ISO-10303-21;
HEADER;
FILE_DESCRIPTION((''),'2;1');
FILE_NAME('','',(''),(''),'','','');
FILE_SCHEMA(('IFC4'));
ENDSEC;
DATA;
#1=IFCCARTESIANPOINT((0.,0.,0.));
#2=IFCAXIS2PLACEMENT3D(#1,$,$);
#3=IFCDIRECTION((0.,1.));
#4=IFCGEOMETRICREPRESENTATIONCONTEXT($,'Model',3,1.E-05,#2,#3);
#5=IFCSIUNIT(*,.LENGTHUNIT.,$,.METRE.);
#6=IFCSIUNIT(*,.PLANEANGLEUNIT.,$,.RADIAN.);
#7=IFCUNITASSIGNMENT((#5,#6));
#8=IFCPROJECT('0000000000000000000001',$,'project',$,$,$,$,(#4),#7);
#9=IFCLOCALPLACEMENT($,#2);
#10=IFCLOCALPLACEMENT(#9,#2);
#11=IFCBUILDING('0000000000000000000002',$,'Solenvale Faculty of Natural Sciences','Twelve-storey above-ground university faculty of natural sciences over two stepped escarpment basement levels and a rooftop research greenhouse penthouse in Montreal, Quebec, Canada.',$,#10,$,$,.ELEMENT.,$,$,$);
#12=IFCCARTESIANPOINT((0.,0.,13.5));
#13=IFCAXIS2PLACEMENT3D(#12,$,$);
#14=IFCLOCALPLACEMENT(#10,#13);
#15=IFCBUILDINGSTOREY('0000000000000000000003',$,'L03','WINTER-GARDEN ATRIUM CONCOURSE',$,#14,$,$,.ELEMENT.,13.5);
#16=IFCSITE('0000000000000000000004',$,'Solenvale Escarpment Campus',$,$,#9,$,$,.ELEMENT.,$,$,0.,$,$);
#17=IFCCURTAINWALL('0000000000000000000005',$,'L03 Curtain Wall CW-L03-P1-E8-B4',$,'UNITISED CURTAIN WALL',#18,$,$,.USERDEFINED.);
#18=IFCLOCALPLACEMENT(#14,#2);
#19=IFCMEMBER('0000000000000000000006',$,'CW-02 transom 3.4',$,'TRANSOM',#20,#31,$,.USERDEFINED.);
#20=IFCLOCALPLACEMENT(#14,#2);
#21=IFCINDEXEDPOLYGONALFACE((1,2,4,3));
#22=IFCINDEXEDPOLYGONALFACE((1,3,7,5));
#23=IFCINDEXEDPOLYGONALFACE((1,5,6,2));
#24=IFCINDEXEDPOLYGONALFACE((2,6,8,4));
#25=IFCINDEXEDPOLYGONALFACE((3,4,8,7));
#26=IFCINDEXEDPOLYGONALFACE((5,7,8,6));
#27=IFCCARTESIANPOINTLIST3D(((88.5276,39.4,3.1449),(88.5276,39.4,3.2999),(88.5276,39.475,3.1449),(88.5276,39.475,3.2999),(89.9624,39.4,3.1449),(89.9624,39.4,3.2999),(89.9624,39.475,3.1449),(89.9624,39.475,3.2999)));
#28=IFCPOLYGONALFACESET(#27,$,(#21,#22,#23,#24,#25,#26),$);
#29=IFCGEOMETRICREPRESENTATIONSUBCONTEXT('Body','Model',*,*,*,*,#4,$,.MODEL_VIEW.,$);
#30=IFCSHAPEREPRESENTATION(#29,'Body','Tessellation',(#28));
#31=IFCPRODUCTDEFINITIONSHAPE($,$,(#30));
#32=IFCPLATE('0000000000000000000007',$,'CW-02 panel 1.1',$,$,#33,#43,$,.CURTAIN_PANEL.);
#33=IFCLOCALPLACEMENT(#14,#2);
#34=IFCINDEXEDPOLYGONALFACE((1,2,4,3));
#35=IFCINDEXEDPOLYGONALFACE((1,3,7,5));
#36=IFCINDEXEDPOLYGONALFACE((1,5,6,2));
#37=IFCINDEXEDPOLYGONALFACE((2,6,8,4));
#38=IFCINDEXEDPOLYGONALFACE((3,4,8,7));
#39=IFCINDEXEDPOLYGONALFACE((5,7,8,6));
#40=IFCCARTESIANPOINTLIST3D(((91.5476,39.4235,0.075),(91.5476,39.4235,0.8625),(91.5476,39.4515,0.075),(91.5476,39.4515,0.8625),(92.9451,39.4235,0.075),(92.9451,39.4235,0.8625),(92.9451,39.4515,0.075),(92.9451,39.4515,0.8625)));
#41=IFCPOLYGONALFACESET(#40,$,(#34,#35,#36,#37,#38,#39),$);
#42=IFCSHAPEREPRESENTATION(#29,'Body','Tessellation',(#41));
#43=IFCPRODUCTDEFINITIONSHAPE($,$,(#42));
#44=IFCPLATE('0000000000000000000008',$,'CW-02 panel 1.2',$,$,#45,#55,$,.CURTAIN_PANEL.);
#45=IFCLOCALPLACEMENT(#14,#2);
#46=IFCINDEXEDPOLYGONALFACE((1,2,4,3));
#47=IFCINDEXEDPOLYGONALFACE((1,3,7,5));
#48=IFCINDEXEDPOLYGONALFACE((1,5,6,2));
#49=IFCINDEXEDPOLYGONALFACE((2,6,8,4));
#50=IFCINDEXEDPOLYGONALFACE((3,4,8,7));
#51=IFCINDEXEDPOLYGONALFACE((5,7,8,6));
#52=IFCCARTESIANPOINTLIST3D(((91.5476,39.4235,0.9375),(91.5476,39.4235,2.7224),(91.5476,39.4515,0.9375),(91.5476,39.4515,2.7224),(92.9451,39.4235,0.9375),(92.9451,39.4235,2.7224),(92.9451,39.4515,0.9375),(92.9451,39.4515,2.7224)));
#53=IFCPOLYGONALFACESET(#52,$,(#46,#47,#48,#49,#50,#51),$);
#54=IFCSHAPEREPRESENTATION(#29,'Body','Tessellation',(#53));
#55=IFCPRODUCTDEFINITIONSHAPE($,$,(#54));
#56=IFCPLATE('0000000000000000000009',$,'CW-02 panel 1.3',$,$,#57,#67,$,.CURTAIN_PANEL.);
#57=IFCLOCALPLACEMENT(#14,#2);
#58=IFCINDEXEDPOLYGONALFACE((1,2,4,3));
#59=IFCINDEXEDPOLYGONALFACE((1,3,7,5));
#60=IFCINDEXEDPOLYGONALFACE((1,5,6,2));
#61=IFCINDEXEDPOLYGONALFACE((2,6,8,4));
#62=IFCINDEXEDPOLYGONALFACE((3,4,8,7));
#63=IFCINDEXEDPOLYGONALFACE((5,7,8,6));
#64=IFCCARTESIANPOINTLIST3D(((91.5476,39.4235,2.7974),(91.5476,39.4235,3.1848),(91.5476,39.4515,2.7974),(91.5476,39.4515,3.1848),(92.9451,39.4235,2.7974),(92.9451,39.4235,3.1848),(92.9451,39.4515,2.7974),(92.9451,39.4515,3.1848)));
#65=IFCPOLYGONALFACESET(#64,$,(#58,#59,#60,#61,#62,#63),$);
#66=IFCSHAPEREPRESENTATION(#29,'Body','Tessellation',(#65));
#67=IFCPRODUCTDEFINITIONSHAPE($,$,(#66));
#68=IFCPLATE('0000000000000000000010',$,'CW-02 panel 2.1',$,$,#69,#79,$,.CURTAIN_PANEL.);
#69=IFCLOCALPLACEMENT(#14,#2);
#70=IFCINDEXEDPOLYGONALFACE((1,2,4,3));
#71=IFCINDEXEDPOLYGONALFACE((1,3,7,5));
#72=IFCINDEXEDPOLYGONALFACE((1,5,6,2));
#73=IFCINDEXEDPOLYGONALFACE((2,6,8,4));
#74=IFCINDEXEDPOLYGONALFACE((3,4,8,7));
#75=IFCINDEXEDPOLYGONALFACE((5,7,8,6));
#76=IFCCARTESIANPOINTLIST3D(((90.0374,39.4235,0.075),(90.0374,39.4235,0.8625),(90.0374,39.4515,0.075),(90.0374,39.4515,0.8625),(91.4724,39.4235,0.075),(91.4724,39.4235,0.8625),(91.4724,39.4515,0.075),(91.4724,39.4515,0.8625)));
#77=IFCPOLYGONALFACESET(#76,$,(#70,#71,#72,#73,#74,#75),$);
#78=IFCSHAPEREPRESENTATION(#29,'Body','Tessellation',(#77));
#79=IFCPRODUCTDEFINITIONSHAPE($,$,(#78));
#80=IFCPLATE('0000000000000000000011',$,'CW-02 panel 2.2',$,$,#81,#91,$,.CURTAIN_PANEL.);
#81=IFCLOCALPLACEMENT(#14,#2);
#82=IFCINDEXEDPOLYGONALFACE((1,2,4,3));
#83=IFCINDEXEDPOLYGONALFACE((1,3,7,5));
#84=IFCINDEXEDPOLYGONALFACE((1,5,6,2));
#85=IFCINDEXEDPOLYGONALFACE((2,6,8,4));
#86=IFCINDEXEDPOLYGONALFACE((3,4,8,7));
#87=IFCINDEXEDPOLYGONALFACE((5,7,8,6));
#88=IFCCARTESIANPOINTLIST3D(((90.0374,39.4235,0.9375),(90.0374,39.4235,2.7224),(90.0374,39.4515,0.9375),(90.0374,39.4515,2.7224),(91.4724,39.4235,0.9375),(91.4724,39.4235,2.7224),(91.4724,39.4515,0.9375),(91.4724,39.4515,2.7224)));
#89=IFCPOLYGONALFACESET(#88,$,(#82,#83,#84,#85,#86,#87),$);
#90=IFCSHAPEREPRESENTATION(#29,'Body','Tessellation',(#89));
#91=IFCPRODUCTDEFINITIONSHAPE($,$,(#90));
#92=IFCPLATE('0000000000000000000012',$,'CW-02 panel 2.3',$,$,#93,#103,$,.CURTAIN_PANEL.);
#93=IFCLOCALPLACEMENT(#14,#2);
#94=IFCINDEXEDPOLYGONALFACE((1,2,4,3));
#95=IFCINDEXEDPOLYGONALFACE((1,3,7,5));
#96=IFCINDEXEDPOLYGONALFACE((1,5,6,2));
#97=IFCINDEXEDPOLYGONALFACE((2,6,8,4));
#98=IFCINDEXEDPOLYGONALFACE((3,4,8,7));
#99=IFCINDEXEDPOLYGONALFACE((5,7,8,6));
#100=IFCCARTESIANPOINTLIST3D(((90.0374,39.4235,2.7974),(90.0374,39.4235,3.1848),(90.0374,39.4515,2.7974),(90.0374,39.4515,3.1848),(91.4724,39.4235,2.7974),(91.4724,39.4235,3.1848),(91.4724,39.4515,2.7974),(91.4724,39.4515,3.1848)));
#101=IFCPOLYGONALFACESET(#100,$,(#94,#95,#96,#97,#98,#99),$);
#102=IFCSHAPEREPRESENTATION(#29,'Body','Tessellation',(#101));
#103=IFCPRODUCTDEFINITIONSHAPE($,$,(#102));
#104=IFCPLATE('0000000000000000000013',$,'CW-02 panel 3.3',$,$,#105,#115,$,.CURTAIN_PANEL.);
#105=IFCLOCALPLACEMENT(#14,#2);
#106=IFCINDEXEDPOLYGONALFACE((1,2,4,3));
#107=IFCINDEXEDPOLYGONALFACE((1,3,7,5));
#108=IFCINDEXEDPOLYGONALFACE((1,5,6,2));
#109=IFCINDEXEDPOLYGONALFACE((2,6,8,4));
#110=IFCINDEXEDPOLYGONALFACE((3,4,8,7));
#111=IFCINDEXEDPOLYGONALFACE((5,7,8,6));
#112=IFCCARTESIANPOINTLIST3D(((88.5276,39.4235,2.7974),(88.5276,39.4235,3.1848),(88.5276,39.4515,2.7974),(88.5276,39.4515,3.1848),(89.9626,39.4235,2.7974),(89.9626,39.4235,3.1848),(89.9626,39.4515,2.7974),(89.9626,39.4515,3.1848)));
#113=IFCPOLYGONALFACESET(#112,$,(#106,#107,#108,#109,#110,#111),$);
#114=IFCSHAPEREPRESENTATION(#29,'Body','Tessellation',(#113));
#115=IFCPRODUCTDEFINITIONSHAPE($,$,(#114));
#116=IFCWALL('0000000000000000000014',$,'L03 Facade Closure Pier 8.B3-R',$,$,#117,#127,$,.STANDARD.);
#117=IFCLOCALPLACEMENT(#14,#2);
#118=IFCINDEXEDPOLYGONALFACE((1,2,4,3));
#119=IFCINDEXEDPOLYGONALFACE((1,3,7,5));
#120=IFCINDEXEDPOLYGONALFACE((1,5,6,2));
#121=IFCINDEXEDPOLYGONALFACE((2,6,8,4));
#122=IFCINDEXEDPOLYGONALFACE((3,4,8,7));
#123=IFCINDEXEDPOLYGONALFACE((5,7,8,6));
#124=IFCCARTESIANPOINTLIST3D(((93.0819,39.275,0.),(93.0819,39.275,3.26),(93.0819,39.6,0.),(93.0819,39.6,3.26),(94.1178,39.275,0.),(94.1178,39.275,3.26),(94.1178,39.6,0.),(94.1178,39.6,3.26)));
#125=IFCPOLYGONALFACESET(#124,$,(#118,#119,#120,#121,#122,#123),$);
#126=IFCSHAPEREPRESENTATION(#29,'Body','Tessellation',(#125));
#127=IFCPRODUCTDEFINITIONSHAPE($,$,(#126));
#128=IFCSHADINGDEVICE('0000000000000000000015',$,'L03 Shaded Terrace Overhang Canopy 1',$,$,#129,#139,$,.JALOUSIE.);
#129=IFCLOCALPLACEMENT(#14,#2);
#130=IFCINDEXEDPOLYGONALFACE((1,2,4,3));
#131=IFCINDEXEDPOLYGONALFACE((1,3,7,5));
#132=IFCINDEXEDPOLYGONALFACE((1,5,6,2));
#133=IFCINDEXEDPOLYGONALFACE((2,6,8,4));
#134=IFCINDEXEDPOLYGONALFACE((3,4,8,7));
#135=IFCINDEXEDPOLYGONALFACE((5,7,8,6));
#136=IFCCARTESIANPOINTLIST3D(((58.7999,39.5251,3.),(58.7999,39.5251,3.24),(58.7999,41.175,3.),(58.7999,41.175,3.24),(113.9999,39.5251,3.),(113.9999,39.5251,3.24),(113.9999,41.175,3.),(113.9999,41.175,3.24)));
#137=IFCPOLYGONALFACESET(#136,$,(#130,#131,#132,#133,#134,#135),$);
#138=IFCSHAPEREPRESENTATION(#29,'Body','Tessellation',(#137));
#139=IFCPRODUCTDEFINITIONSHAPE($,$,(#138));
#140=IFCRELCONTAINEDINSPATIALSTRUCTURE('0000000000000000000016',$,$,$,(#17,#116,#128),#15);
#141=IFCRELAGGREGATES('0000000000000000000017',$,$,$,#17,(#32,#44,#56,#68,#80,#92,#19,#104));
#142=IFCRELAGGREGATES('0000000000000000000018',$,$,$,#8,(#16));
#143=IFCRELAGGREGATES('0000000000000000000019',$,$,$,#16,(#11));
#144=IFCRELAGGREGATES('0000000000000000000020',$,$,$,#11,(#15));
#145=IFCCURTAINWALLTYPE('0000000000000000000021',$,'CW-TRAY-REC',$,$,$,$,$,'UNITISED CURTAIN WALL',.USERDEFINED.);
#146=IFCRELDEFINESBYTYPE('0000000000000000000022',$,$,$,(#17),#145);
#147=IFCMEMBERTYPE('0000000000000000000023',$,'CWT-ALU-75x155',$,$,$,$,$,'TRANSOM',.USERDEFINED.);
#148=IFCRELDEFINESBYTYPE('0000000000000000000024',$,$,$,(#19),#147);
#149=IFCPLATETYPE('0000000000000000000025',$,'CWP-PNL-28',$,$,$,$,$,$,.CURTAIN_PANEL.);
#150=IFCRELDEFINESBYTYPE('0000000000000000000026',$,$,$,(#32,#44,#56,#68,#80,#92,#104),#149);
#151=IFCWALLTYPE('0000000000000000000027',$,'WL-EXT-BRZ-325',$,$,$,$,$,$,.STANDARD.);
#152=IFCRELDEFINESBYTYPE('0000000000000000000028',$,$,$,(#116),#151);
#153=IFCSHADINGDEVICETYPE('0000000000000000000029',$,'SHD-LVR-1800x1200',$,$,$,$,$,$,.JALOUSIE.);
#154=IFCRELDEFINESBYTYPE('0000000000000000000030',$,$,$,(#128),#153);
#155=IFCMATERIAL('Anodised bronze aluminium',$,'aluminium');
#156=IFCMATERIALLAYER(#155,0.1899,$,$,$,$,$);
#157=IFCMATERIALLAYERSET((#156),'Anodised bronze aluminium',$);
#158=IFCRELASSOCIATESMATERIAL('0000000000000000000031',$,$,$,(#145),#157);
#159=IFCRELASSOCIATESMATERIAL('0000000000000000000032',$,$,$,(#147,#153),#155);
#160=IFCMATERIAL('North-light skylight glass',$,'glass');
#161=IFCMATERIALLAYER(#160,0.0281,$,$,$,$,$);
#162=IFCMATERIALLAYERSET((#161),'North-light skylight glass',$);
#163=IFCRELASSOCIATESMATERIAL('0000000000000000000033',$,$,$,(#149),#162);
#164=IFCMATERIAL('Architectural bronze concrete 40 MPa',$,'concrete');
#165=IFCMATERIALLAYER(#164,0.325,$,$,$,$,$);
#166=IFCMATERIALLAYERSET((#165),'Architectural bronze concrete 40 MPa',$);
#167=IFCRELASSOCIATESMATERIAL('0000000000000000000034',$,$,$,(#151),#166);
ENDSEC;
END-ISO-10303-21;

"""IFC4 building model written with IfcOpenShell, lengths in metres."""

from ifc_helpers import new_model, si_unit, direction, frame, frame_2d, origin, origin_2d, place, context, subcontext, project, spatial, rectangle, extrude, material, layer, layer_set, material_profile, profile_set, type_object, element, aggregate, save


model = new_model("IFC4")

# Units and contexts
model_context = context("Model", 3, precision=1e-05, world=origin(), true_north=direction((0.0, 1.0)))
body_context = subcontext(model_context, "Body", "Model", "MODEL_VIEW")
ifc_project = project(units=[si_unit("LENGTHUNIT", "METRE"), si_unit("PLANEANGLEUNIT", "RADIAN")], contexts=[model_context])

# Site, building, storey
site_placement = place(None, origin())
site = spatial("IfcSite", under=ifc_project, at=site_placement, Name="Solenvale Escarpment Campus", CompositionType="ELEMENT", RefElevation=0.0)
building_placement = place(site_placement, origin())
building = spatial("IfcBuilding", under=site, at=building_placement, Name="Solenvale Faculty of Natural Sciences", Description="Twelve-storey above-ground university faculty of natural sciences over two stepped escarpment basement levels and a rooftop research greenhouse penthouse in Montreal, Quebec, Canada.", CompositionType="ELEMENT")
storey_placement = place(building_placement, frame((0.0, 0.0, 13.5)))
storey = spatial("IfcBuildingStorey", under=building, at=storey_placement, Name="L03", Description="WINTER-GARDEN ATRIUM CONCOURSE", CompositionType="ELEMENT", Elevation=13.5)

# Shared definitions
ifc_material_1 = material(Name="Anodised bronze aluminium", Category="aluminium")
ifc_layer_1 = layer(ifc_material_1, 0.1899)
ifc_layer_set_1 = layer_set([ifc_layer_1], Name="Anodised bronze aluminium")
curtain_wall_type = type_object("IfcCurtainWallType", Name="CW-TRAY-REC", ElementType="UNITISED CURTAIN WALL", PredefinedType="USERDEFINED", material=ifc_layer_set_1)

# Curtain wall, member, plates
curtain_wall_1_placement = place(storey_placement, origin())
curtain_wall_1 = element("IfcCurtainWall", 1, at=curtain_wall_1_placement, inside=storey, type_object=curtain_wall_type, Name="L03 Curtain Wall CW-L03-P1-E8-B4", ObjectType="UNITISED CURTAIN WALL", PredefinedType="USERDEFINED")
ifc_material_profile_1 = material_profile(ifc_material_1, rectangle(XDim=0.075, YDim=0.155, at=origin_2d()), Name="ALU-TRN-75x155")
ifc_profile_set_1 = profile_set([ifc_material_profile_1], Name="Anodised bronze aluminium")
member_type_1 = type_object("IfcMemberType", Name="CWT-ALU-75x155", ElementType="TRANSOM", PredefinedType="USERDEFINED", material=ifc_profile_set_1)
member_1_placement = place(storey_placement, frame((89.9624, 39.4375, 3.2224), z_axis=(-1.0, 0.0, 0.0), x_axis=(0.0, -1.0, 0.0)))
member_1 = element("IfcMember", 2, at=member_1_placement, type_object=member_type_1, Name="CW-02 transom 3.4", ObjectType="TRANSOM", PredefinedType="USERDEFINED", context=body_context, shape_type="SweptSolid", body=[
    extrude(rectangle(XDim=0.075, YDim=0.155, at=origin_2d()), origin(), (0.0, 0.0, 1.0), 1.4348),
])
ifc_material_2 = material(Name="North-light skylight glass", Category="glass")
ifc_layer_2 = layer(ifc_material_2, 0.0281)
ifc_layer_set_2 = layer_set([ifc_layer_2], Name="North-light skylight glass")
plate_type = type_object("IfcPlateType", Name="CWP-PNL-28", PredefinedType="CURTAIN_PANEL", material=ifc_layer_set_2)
plate_1_placement = place(storey_placement, frame((92.2463, 39.4375, 0.075), z_axis=(0.0, 0.0, 1.0), x_axis=(-1.0, 0.0, 0.0)))
plate_1 = element("IfcPlate", 3, at=plate_1_placement, type_object=plate_type, Name="CW-02 panel 1.1", PredefinedType="CURTAIN_PANEL", context=body_context, shape_type="SweptSolid", body=[
    extrude(rectangle(XDim=1.3975, YDim=0.0281, at=origin_2d()), origin(), (0.0, 0.0, 1.0), 0.7876),
])
plate_2_placement = place(storey_placement, frame((92.2463, 39.4375, 0.9375), z_axis=(0.0, 0.0, 1.0), x_axis=(-1.0, 0.0, 0.0)))
plate_2 = element("IfcPlate", 4, at=plate_2_placement, type_object=plate_type, Name="CW-02 panel 1.2", PredefinedType="CURTAIN_PANEL", context=body_context, shape_type="SweptSolid", body=[
    extrude(rectangle(XDim=1.3975, YDim=0.0281, at=origin_2d()), origin(), (0.0, 0.0, 1.0), 1.7849),
])
plate_3_placement = place(storey_placement, frame((92.2463, 39.4375, 2.7974), z_axis=(0.0, 0.0, 1.0), x_axis=(-1.0, 0.0, 0.0)))
plate_3 = element("IfcPlate", 5, at=plate_3_placement, type_object=plate_type, Name="CW-02 panel 1.3", PredefinedType="CURTAIN_PANEL", context=body_context, shape_type="SweptSolid", body=[
    extrude(rectangle(XDim=1.3975, YDim=0.0281, at=origin_2d()), origin(), (0.0, 0.0, 1.0), 0.3875),
])
plate_4_placement = place(storey_placement, frame((90.7549, 39.4375, 0.075), z_axis=(0.0, 0.0, 1.0), x_axis=(-1.0, 0.0, 0.0)))
plate_4 = element("IfcPlate", 6, at=plate_4_placement, type_object=plate_type, Name="CW-02 panel 2.1", PredefinedType="CURTAIN_PANEL", context=body_context, shape_type="SweptSolid", body=[
    extrude(rectangle(XDim=1.4351, YDim=0.0281, at=origin_2d()), origin(), (0.0, 0.0, 1.0), 0.7876),
])
plate_5_placement = place(storey_placement, frame((90.7549, 39.4375, 0.9375), z_axis=(0.0, 0.0, 1.0), x_axis=(-1.0, 0.0, 0.0)))
plate_5 = element("IfcPlate", 7, at=plate_5_placement, type_object=plate_type, Name="CW-02 panel 2.2", PredefinedType="CURTAIN_PANEL", context=body_context, shape_type="SweptSolid", body=[
    extrude(rectangle(XDim=1.4351, YDim=0.0281, at=origin_2d()), origin(), (0.0, 0.0, 1.0), 1.7849),
])
plate_6_placement = place(storey_placement, frame((90.7549, 39.4375, 2.7974), z_axis=(0.0, 0.0, 1.0), x_axis=(-1.0, 0.0, 0.0)))
plate_6 = element("IfcPlate", 8, at=plate_6_placement, type_object=plate_type, Name="CW-02 panel 2.3", PredefinedType="CURTAIN_PANEL", context=body_context, shape_type="SweptSolid", body=[
    extrude(rectangle(XDim=1.4351, YDim=0.0281, at=origin_2d()), origin(), (0.0, 0.0, 1.0), 0.3875),
])
plate_7_placement = place(storey_placement, frame((89.2451, 39.4375, 2.7974), z_axis=(0.0, 0.0, 1.0), x_axis=(-1.0, 0.0, 0.0)))
plate_7 = element("IfcPlate", 9, at=plate_7_placement, type_object=plate_type, Name="CW-02 panel 3.3", PredefinedType="CURTAIN_PANEL", context=body_context, shape_type="SweptSolid", body=[
    extrude(rectangle(XDim=1.4351, YDim=0.0281, at=origin_2d()), origin(), (0.0, 0.0, 1.0), 0.3875),
])
aggregate(curtain_wall_1, [plate_1, plate_2, plate_3, plate_4, plate_5, plate_6, member_1, plate_7])

# Wall
ifc_material_3 = material(Name="Architectural bronze concrete 40 MPa", Category="concrete")
ifc_layer_3 = layer(ifc_material_3, 0.325)
ifc_layer_set_3 = layer_set([ifc_layer_3], Name="Architectural bronze concrete 40 MPa")
wall_type = type_object("IfcWallType", Name="WL-EXT-BRZ-325", PredefinedType="STANDARD", material=ifc_layer_set_3)
wall_placement = place(storey_placement, frame((94.1179, 39.4375, 0.0), z_axis=(0.0, 0.0, 1.0), x_axis=(-1.0, 0.0, 0.0)))
element("IfcWall", 10, at=wall_placement, inside=storey, type_object=wall_type, Name="L03 Facade Closure Pier 8.B3-R", PredefinedType="STANDARD", context=body_context, shape_type="SweptSolid", body=[
    extrude(rectangle(XDim=1.0359, YDim=0.325, at=frame_2d((0.5181, 0.0))), origin(), (0.0, 0.0, 1.0), 3.26),
])

# Shading device
shading_device_type = type_object("IfcShadingDeviceType", Name="SHD-LVR-1800x1200", PredefinedType="JALOUSIE", material=ifc_material_1)
shading_device_placement = place(storey_placement, frame((86.3999, 40.3501, 3.0), z_axis=(0.0, 0.0, 1.0), x_axis=(1.0, 0.0, 0.0)))
element("IfcShadingDevice", 11, at=shading_device_placement, inside=storey, type_object=shading_device_type, Name="L03 Shaded Terrace Overhang Canopy 1", PredefinedType="JALOUSIE", context=body_context, shape_type="SweptSolid", body=[
    extrude(rectangle(XDim=55.2, YDim=1.6499, at=origin_2d()), origin(), (0.0, 0.0, 1.0), 0.24),
])

save(model, "model.ifc")
